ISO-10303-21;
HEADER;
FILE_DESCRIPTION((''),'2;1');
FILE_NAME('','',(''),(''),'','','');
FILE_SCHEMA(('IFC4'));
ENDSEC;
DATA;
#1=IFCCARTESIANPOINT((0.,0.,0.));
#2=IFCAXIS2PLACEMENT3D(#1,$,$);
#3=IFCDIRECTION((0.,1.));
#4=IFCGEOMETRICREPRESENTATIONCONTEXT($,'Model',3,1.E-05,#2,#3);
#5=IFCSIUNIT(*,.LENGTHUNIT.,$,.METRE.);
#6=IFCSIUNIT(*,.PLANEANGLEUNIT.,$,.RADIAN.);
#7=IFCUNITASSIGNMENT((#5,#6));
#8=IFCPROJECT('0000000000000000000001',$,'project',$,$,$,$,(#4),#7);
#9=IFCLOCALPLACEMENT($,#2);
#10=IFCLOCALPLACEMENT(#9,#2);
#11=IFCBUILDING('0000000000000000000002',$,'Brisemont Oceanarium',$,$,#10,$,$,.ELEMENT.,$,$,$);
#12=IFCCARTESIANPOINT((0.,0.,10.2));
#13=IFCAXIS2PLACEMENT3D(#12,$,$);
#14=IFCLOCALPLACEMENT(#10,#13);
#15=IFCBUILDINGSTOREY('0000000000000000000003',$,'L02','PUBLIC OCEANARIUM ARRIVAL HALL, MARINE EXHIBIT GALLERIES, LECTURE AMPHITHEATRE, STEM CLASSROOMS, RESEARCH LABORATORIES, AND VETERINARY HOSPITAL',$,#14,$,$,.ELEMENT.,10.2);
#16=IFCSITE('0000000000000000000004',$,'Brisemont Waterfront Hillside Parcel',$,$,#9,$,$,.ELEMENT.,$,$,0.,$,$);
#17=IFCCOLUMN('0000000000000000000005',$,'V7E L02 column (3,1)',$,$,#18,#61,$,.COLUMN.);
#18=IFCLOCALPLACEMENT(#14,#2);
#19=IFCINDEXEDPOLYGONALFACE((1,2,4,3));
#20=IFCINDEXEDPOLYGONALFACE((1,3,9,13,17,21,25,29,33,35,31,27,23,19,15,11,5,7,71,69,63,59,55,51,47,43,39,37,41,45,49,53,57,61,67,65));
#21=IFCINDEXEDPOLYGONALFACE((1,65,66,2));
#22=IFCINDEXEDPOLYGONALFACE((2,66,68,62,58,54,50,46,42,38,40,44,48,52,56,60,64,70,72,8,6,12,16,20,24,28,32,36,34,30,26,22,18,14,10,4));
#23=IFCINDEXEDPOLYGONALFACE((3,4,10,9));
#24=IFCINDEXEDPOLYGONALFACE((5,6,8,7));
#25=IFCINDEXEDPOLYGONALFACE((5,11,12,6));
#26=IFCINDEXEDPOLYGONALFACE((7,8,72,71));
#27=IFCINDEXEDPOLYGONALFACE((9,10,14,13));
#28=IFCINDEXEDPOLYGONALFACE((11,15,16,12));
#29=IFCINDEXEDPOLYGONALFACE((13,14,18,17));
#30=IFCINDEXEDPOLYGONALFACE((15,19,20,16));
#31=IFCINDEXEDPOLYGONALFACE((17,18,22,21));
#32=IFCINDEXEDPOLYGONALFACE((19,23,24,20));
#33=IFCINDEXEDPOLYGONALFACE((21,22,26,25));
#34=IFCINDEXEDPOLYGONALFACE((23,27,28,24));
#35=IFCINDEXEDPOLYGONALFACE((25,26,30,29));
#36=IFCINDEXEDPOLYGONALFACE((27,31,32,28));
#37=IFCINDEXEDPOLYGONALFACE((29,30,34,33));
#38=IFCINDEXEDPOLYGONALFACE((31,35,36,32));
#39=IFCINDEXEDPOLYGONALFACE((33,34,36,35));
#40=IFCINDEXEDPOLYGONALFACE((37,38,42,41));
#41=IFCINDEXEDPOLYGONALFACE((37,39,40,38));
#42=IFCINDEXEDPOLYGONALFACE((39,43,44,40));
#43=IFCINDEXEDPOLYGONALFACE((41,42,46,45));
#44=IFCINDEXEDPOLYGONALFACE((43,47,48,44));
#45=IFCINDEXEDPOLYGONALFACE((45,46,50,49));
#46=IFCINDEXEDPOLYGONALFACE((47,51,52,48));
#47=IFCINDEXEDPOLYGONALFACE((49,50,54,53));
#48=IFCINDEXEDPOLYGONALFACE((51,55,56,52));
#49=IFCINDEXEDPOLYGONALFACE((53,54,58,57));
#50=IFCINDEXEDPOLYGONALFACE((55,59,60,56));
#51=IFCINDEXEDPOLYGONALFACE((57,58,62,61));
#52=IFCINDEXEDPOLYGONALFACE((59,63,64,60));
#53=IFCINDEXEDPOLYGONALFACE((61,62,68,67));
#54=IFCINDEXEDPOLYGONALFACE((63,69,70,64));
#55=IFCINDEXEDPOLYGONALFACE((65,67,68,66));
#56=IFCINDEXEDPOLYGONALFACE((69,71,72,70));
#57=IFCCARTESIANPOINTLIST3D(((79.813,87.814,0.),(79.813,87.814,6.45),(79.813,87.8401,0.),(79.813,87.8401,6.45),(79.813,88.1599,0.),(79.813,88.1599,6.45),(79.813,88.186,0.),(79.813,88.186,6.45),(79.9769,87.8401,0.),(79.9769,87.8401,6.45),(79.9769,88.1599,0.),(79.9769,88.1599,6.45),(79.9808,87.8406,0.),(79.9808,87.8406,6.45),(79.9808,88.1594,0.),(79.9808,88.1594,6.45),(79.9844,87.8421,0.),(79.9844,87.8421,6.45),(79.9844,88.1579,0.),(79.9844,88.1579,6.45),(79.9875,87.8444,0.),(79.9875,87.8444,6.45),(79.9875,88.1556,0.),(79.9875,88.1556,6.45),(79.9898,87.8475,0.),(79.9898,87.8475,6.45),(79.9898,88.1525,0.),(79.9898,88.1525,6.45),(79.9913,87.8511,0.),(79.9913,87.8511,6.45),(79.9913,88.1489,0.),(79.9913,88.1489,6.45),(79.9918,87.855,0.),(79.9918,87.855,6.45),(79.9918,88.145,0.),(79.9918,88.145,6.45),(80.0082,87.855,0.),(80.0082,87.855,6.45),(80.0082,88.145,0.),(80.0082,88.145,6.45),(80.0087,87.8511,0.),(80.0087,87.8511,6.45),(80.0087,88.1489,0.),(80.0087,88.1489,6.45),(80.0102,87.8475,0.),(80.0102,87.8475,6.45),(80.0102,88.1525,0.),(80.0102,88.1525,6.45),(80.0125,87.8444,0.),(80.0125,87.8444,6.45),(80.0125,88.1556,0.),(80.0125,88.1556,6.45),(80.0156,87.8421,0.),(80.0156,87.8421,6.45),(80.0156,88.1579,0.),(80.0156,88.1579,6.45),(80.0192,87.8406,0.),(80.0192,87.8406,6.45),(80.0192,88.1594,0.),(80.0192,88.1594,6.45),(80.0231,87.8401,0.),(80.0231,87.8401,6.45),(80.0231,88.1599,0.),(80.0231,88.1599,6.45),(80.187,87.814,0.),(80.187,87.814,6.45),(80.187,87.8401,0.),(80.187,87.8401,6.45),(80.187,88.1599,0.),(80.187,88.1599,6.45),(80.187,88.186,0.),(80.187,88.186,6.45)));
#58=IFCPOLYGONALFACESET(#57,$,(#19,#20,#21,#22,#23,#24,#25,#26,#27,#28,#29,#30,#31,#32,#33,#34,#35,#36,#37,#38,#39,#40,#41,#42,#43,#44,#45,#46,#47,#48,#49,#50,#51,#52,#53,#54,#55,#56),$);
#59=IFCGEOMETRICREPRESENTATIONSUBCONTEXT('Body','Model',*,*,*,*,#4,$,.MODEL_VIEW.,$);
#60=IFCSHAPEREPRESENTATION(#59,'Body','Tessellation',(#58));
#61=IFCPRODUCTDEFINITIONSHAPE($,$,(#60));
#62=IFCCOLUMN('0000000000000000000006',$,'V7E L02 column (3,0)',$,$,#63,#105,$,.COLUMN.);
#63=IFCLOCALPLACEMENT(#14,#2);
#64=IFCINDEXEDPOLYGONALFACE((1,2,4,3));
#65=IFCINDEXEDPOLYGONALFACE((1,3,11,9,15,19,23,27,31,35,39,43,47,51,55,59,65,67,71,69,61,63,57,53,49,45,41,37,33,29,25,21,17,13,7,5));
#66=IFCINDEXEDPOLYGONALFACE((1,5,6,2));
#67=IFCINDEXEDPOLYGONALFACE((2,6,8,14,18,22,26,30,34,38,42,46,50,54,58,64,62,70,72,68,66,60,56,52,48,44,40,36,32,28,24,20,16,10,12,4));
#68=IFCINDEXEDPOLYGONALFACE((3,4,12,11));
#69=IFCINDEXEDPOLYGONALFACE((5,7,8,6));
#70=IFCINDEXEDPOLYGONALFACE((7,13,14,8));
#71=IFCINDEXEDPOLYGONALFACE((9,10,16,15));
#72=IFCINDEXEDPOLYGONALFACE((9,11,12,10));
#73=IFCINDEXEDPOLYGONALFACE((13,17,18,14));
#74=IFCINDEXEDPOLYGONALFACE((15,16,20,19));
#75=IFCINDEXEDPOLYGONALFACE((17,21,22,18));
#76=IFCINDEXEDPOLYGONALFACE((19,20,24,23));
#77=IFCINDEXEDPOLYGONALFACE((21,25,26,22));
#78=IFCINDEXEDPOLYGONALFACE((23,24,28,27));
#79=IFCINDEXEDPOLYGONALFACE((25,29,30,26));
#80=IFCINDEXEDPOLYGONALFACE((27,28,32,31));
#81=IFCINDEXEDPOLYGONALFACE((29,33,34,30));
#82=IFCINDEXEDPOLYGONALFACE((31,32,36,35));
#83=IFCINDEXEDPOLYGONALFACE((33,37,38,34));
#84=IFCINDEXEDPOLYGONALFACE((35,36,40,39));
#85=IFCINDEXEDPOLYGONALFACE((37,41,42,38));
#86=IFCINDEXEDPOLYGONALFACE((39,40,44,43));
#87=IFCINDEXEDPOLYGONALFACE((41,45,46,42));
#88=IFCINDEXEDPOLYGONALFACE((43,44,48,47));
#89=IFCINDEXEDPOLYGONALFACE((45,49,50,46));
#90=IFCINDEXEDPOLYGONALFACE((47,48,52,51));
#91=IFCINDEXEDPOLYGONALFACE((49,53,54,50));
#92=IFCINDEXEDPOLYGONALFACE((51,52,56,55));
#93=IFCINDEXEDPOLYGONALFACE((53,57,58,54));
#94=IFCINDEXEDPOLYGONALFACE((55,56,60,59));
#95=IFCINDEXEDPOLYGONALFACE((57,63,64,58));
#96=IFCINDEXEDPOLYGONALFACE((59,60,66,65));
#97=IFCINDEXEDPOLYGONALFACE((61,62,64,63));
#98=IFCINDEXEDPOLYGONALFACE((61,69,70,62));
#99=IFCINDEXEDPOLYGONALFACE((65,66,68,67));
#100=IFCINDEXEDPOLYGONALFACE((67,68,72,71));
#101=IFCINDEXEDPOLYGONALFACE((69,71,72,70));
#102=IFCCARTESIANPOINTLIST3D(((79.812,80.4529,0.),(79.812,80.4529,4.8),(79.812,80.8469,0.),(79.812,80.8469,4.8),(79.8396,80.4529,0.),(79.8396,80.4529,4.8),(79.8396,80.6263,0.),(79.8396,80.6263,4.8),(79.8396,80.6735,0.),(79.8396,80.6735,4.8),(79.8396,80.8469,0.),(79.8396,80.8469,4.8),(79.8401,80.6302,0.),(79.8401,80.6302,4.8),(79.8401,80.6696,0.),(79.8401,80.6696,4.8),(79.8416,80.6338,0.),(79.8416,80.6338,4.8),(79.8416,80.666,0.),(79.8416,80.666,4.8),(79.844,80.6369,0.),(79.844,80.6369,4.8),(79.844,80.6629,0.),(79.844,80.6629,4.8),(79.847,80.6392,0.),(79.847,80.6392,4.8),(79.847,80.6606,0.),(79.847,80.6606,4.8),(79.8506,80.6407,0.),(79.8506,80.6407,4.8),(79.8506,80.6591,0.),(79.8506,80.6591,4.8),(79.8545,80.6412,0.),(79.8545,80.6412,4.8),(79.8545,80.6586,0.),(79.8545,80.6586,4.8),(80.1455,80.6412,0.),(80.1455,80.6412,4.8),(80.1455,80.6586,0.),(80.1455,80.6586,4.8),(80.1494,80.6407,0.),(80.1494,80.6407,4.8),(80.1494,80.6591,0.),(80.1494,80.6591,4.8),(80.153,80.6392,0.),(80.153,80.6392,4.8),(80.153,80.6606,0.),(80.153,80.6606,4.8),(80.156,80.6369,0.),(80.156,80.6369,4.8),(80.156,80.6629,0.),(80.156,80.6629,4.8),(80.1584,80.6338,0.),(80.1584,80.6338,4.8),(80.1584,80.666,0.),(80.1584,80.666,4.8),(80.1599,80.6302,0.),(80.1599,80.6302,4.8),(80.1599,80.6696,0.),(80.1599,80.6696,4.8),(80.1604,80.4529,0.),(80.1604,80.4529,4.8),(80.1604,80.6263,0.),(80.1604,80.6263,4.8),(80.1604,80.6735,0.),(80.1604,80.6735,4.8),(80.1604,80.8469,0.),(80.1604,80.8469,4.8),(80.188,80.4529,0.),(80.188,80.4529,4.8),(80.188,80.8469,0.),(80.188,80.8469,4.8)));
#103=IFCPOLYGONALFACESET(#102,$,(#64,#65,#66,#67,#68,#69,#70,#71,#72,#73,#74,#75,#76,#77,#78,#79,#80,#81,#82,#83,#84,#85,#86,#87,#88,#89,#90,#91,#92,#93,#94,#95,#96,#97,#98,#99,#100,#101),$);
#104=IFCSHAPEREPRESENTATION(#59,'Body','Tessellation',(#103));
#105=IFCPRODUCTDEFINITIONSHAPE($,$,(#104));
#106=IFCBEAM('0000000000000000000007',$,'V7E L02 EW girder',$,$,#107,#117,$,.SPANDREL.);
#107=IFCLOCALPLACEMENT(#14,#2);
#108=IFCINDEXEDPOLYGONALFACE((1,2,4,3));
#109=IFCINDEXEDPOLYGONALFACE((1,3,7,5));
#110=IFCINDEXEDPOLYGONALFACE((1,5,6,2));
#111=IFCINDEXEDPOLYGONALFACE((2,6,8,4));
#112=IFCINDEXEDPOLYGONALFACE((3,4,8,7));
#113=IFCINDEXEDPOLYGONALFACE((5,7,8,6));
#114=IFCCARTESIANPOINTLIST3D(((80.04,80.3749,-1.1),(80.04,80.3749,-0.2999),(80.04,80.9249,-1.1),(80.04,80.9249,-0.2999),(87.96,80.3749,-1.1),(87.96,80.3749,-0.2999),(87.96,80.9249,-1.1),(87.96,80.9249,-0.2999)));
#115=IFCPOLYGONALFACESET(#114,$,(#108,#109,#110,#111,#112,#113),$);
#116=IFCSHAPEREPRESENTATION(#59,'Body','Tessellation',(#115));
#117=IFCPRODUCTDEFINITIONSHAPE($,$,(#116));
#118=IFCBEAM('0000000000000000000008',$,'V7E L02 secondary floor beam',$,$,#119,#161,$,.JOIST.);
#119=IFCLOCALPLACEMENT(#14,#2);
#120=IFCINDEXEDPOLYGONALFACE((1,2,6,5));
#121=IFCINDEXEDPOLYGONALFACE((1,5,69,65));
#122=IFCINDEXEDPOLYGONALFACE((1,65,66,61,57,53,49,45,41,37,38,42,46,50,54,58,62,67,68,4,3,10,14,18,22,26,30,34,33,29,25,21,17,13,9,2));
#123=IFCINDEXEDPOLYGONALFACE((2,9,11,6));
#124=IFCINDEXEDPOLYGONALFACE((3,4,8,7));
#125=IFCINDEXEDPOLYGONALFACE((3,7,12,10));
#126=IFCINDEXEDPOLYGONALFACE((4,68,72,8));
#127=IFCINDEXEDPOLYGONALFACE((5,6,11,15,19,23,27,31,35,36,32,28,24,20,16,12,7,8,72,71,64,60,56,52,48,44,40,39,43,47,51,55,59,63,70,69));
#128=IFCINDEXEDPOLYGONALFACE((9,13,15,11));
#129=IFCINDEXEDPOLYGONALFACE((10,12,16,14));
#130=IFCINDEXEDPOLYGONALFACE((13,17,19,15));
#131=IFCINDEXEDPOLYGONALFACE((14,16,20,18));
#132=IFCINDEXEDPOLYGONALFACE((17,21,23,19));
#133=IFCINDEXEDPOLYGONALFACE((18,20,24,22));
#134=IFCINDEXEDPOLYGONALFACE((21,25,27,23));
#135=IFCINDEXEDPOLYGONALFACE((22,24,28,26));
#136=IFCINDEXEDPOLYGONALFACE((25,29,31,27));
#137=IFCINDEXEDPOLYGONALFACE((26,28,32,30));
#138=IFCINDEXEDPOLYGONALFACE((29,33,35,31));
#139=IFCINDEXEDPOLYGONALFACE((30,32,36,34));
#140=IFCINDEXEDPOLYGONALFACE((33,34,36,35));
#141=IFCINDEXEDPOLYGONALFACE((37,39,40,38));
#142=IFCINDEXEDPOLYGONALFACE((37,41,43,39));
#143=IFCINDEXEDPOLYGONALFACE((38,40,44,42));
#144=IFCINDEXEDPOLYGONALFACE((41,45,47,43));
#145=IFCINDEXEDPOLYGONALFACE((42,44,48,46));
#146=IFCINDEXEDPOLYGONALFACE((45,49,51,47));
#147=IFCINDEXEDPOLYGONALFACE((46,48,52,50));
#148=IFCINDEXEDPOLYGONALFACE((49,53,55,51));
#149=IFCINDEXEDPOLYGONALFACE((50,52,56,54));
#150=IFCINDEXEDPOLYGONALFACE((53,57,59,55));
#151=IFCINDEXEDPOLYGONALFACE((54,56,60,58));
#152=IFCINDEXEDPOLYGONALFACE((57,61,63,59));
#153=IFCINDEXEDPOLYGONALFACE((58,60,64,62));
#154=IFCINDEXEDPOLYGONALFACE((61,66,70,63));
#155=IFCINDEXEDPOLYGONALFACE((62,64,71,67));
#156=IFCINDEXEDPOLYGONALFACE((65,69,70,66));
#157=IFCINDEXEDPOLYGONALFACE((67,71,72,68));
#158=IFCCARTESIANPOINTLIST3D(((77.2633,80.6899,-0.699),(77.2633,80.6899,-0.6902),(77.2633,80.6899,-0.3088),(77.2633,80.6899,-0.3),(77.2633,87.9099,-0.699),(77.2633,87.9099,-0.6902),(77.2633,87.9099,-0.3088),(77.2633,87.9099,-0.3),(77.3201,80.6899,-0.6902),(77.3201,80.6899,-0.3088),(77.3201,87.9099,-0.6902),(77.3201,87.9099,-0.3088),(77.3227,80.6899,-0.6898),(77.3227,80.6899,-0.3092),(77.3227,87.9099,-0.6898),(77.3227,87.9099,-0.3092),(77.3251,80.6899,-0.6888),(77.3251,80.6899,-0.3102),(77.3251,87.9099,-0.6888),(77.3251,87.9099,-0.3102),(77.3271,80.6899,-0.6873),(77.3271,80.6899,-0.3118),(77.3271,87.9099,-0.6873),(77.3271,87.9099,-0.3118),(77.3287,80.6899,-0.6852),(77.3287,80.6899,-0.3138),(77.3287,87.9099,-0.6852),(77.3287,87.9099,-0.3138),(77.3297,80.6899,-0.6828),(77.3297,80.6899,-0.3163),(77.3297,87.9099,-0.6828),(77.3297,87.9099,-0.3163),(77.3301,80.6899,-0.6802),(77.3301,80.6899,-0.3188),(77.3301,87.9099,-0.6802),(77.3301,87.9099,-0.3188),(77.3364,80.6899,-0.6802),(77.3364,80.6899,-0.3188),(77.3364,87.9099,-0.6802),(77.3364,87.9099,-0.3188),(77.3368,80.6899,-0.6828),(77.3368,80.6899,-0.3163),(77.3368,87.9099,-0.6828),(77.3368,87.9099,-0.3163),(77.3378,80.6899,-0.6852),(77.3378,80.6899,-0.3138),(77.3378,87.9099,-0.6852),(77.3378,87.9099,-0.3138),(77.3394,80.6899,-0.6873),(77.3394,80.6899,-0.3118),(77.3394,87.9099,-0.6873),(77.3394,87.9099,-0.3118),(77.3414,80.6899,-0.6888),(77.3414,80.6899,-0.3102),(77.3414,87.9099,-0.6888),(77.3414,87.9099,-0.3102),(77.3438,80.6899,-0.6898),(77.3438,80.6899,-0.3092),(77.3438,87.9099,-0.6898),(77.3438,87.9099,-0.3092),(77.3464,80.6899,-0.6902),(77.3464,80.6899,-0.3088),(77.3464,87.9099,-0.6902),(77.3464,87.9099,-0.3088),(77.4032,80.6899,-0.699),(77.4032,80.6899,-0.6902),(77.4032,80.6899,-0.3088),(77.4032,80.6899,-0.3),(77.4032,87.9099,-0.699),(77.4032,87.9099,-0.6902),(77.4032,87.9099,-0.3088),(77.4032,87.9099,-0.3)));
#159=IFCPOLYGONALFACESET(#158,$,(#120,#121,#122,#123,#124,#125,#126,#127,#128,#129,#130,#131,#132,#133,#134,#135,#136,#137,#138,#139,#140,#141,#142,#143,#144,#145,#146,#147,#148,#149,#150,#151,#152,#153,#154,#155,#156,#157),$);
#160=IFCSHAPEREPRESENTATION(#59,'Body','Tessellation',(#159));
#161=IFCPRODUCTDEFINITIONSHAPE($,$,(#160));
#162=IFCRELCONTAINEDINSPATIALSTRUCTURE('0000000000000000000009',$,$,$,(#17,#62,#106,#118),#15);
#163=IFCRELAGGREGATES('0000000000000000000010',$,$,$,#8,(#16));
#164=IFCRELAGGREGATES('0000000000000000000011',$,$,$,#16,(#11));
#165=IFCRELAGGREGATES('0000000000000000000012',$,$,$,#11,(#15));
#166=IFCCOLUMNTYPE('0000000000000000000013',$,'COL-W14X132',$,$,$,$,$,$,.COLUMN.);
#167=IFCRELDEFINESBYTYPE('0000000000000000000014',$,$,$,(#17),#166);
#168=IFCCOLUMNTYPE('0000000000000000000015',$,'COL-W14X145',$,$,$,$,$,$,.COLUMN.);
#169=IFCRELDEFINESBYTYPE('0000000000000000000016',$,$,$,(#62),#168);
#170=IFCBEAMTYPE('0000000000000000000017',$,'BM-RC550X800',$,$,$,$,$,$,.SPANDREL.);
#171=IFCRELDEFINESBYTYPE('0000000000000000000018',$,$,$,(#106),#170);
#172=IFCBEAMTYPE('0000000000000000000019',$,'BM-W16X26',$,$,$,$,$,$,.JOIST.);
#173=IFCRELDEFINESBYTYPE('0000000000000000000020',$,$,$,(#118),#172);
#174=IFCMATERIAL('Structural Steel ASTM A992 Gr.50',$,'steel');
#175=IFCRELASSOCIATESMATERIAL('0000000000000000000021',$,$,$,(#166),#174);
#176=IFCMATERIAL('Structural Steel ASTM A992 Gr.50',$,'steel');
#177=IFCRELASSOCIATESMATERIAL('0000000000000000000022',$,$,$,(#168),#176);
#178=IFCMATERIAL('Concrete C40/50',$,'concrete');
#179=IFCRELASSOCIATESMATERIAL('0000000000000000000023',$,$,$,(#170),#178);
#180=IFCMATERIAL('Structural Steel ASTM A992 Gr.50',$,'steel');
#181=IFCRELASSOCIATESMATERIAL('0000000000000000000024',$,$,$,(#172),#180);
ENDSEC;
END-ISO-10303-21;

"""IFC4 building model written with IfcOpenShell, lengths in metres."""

from ifc_helpers import new_model, si_unit, direction, frame, origin, origin_2d, place, context, subcontext, project, spatial, rectangle, i_section, extrude, material, material_profile, profile_set, type_object, element, save


model = new_model("IFC4")

# Units and contexts
model_context = context("Model", 3, precision=1e-05, world=origin(), true_north=direction((0.0, 1.0)))
body_context = subcontext(model_context, "Body", "Model", "MODEL_VIEW")
ifc_project = project(units=[si_unit("LENGTHUNIT", "METRE"), si_unit("PLANEANGLEUNIT", "RADIAN")], contexts=[model_context])

# Site, building, storey
site_placement = place(None, origin())
site = spatial("IfcSite", under=ifc_project, at=site_placement, Name="Brisemont Waterfront Hillside Parcel", CompositionType="ELEMENT", RefElevation=0.0)
building_placement = place(site_placement, origin())
building = spatial("IfcBuilding", under=site, at=building_placement, Name="Brisemont Oceanarium", CompositionType="ELEMENT")
storey_placement = place(building_placement, frame((0.0, 0.0, 10.2)))
storey = spatial("IfcBuildingStorey", under=building, at=storey_placement, Name="L02", Description="PUBLIC OCEANARIUM ARRIVAL HALL, MARINE EXHIBIT GALLERIES, LECTURE AMPHITHEATRE, STEM CLASSROOMS, RESEARCH LABORATORIES, AND VETERINARY HOSPITAL", CompositionType="ELEMENT", Elevation=10.2)

# Columns
ifc_material_1 = material(Name="Structural Steel ASTM A992 Gr.50", Category="steel")
ifc_material_profile_1 = material_profile(ifc_material_1, i_section(OverallWidth=0.374, OverallDepth=0.3721, WebThickness=0.0164, FlangeThickness=0.0261, FilletRadius=0.0149, at=origin_2d()), Name="W14X132")
ifc_profile_set_1 = profile_set([ifc_material_profile_1], Name="Structural Steel ASTM A992 Gr.50")
column_type_1 = type_object("IfcColumnType", Name="COL-W14X132", PredefinedType="COLUMN", material=ifc_profile_set_1)
column_1_placement = place(storey_placement, frame((80.0, 88.0, 0.0), z_axis=(0.0, 0.0, 1.0), x_axis=(1.0, 0.0, 0.0)))
element("IfcColumn", 1, at=column_1_placement, inside=storey, type_object=column_type_1, Name="V7E L02 column (3,1)", PredefinedType="COLUMN", context=body_context, shape_type="SweptSolid", body=[
    extrude(i_section(OverallWidth=0.374, OverallDepth=0.3721, WebThickness=0.0164, FlangeThickness=0.0261, FilletRadius=0.0149, at=origin_2d()), origin(), (0.0, 0.0, 1.0), 6.45),
])
ifc_material_2 = material(Name="Structural Steel ASTM A992 Gr.50", Category="steel")
ifc_material_profile_2 = material_profile(ifc_material_2, i_section(OverallWidth=0.394, OverallDepth=0.376, WebThickness=0.0173, FlangeThickness=0.0276, FilletRadius=0.0149, at=origin_2d()), Name="W14X145")
ifc_profile_set_2 = profile_set([ifc_material_profile_2], Name="Structural Steel ASTM A992 Gr.50")
column_type_2 = type_object("IfcColumnType", Name="COL-W14X145", PredefinedType="COLUMN", material=ifc_profile_set_2)
column_2_placement = place(storey_placement, frame((80.0, 80.6499, 0.0), z_axis=(0.0, 0.0, 1.0), x_axis=(0.0, 1.0, 0.0)))
element("IfcColumn", 2, at=column_2_placement, inside=storey, type_object=column_type_2, Name="V7E L02 column (3,0)", PredefinedType="COLUMN", context=body_context, shape_type="SweptSolid", body=[
    extrude(i_section(OverallWidth=0.394, OverallDepth=0.376, WebThickness=0.0173, FlangeThickness=0.0276, FilletRadius=0.0149, at=origin_2d()), origin(), (0.0, 0.0, 1.0), 4.8),
])

# Beams
ifc_material_3 = material(Name="Concrete C40/50", Category="concrete")
ifc_material_profile_3 = material_profile(ifc_material_3, rectangle(XDim=0.55, YDim=0.8, at=origin_2d()), Name="RC-BM-550X800")
ifc_profile_set_3 = profile_set([ifc_material_profile_3], Name="Concrete C40/50")
beam_type_1 = type_object("IfcBeamType", Name="BM-RC550X800", PredefinedType="SPANDREL", material=ifc_profile_set_3)
beam_1_placement = place(storey_placement, frame((80.04, 80.6499, -0.7), z_axis=(1.0, 0.0, 0.0), x_axis=(0.0, 1.0, 0.0)))
element("IfcBeam", 3, at=beam_1_placement, inside=storey, type_object=beam_type_1, Name="V7E L02 EW girder", PredefinedType="SPANDREL", context=body_context, shape_type="SweptSolid", body=[
    extrude(rectangle(XDim=0.55, YDim=0.8, at=origin_2d()), origin(), (0.0, 0.0, 1.0), 7.9199),
])
ifc_material_4 = material(Name="Structural Steel ASTM A992 Gr.50", Category="steel")
ifc_material_profile_4 = material_profile(ifc_material_4, i_section(OverallWidth=0.1399, OverallDepth=0.3989, WebThickness=0.0063, FlangeThickness=0.0088, FilletRadius=0.01, at=origin_2d()), Name="W16X26")
ifc_profile_set_4 = profile_set([ifc_material_profile_4], Name="Structural Steel ASTM A992 Gr.50")
beam_type_2 = type_object("IfcBeamType", Name="BM-W16X26", PredefinedType="JOIST", material=ifc_profile_set_4)
beam_2_placement = place(storey_placement, frame((77.3333, 80.6899, -0.4995), z_axis=(0.0, 1.0, 0.0), x_axis=(-1.0, 0.0, 0.0)))
element("IfcBeam", 4, at=beam_2_placement, inside=storey, type_object=beam_type_2, Name="V7E L02 secondary floor beam", PredefinedType="JOIST", context=body_context, shape_type="SweptSolid", body=[
    extrude(i_section(OverallWidth=0.1399, OverallDepth=0.3989, WebThickness=0.0063, FlangeThickness=0.0088, FilletRadius=0.01, at=origin_2d()), origin(), (0.0, 0.0, 1.0), 7.22),
])

save(model, "model.ifc")
